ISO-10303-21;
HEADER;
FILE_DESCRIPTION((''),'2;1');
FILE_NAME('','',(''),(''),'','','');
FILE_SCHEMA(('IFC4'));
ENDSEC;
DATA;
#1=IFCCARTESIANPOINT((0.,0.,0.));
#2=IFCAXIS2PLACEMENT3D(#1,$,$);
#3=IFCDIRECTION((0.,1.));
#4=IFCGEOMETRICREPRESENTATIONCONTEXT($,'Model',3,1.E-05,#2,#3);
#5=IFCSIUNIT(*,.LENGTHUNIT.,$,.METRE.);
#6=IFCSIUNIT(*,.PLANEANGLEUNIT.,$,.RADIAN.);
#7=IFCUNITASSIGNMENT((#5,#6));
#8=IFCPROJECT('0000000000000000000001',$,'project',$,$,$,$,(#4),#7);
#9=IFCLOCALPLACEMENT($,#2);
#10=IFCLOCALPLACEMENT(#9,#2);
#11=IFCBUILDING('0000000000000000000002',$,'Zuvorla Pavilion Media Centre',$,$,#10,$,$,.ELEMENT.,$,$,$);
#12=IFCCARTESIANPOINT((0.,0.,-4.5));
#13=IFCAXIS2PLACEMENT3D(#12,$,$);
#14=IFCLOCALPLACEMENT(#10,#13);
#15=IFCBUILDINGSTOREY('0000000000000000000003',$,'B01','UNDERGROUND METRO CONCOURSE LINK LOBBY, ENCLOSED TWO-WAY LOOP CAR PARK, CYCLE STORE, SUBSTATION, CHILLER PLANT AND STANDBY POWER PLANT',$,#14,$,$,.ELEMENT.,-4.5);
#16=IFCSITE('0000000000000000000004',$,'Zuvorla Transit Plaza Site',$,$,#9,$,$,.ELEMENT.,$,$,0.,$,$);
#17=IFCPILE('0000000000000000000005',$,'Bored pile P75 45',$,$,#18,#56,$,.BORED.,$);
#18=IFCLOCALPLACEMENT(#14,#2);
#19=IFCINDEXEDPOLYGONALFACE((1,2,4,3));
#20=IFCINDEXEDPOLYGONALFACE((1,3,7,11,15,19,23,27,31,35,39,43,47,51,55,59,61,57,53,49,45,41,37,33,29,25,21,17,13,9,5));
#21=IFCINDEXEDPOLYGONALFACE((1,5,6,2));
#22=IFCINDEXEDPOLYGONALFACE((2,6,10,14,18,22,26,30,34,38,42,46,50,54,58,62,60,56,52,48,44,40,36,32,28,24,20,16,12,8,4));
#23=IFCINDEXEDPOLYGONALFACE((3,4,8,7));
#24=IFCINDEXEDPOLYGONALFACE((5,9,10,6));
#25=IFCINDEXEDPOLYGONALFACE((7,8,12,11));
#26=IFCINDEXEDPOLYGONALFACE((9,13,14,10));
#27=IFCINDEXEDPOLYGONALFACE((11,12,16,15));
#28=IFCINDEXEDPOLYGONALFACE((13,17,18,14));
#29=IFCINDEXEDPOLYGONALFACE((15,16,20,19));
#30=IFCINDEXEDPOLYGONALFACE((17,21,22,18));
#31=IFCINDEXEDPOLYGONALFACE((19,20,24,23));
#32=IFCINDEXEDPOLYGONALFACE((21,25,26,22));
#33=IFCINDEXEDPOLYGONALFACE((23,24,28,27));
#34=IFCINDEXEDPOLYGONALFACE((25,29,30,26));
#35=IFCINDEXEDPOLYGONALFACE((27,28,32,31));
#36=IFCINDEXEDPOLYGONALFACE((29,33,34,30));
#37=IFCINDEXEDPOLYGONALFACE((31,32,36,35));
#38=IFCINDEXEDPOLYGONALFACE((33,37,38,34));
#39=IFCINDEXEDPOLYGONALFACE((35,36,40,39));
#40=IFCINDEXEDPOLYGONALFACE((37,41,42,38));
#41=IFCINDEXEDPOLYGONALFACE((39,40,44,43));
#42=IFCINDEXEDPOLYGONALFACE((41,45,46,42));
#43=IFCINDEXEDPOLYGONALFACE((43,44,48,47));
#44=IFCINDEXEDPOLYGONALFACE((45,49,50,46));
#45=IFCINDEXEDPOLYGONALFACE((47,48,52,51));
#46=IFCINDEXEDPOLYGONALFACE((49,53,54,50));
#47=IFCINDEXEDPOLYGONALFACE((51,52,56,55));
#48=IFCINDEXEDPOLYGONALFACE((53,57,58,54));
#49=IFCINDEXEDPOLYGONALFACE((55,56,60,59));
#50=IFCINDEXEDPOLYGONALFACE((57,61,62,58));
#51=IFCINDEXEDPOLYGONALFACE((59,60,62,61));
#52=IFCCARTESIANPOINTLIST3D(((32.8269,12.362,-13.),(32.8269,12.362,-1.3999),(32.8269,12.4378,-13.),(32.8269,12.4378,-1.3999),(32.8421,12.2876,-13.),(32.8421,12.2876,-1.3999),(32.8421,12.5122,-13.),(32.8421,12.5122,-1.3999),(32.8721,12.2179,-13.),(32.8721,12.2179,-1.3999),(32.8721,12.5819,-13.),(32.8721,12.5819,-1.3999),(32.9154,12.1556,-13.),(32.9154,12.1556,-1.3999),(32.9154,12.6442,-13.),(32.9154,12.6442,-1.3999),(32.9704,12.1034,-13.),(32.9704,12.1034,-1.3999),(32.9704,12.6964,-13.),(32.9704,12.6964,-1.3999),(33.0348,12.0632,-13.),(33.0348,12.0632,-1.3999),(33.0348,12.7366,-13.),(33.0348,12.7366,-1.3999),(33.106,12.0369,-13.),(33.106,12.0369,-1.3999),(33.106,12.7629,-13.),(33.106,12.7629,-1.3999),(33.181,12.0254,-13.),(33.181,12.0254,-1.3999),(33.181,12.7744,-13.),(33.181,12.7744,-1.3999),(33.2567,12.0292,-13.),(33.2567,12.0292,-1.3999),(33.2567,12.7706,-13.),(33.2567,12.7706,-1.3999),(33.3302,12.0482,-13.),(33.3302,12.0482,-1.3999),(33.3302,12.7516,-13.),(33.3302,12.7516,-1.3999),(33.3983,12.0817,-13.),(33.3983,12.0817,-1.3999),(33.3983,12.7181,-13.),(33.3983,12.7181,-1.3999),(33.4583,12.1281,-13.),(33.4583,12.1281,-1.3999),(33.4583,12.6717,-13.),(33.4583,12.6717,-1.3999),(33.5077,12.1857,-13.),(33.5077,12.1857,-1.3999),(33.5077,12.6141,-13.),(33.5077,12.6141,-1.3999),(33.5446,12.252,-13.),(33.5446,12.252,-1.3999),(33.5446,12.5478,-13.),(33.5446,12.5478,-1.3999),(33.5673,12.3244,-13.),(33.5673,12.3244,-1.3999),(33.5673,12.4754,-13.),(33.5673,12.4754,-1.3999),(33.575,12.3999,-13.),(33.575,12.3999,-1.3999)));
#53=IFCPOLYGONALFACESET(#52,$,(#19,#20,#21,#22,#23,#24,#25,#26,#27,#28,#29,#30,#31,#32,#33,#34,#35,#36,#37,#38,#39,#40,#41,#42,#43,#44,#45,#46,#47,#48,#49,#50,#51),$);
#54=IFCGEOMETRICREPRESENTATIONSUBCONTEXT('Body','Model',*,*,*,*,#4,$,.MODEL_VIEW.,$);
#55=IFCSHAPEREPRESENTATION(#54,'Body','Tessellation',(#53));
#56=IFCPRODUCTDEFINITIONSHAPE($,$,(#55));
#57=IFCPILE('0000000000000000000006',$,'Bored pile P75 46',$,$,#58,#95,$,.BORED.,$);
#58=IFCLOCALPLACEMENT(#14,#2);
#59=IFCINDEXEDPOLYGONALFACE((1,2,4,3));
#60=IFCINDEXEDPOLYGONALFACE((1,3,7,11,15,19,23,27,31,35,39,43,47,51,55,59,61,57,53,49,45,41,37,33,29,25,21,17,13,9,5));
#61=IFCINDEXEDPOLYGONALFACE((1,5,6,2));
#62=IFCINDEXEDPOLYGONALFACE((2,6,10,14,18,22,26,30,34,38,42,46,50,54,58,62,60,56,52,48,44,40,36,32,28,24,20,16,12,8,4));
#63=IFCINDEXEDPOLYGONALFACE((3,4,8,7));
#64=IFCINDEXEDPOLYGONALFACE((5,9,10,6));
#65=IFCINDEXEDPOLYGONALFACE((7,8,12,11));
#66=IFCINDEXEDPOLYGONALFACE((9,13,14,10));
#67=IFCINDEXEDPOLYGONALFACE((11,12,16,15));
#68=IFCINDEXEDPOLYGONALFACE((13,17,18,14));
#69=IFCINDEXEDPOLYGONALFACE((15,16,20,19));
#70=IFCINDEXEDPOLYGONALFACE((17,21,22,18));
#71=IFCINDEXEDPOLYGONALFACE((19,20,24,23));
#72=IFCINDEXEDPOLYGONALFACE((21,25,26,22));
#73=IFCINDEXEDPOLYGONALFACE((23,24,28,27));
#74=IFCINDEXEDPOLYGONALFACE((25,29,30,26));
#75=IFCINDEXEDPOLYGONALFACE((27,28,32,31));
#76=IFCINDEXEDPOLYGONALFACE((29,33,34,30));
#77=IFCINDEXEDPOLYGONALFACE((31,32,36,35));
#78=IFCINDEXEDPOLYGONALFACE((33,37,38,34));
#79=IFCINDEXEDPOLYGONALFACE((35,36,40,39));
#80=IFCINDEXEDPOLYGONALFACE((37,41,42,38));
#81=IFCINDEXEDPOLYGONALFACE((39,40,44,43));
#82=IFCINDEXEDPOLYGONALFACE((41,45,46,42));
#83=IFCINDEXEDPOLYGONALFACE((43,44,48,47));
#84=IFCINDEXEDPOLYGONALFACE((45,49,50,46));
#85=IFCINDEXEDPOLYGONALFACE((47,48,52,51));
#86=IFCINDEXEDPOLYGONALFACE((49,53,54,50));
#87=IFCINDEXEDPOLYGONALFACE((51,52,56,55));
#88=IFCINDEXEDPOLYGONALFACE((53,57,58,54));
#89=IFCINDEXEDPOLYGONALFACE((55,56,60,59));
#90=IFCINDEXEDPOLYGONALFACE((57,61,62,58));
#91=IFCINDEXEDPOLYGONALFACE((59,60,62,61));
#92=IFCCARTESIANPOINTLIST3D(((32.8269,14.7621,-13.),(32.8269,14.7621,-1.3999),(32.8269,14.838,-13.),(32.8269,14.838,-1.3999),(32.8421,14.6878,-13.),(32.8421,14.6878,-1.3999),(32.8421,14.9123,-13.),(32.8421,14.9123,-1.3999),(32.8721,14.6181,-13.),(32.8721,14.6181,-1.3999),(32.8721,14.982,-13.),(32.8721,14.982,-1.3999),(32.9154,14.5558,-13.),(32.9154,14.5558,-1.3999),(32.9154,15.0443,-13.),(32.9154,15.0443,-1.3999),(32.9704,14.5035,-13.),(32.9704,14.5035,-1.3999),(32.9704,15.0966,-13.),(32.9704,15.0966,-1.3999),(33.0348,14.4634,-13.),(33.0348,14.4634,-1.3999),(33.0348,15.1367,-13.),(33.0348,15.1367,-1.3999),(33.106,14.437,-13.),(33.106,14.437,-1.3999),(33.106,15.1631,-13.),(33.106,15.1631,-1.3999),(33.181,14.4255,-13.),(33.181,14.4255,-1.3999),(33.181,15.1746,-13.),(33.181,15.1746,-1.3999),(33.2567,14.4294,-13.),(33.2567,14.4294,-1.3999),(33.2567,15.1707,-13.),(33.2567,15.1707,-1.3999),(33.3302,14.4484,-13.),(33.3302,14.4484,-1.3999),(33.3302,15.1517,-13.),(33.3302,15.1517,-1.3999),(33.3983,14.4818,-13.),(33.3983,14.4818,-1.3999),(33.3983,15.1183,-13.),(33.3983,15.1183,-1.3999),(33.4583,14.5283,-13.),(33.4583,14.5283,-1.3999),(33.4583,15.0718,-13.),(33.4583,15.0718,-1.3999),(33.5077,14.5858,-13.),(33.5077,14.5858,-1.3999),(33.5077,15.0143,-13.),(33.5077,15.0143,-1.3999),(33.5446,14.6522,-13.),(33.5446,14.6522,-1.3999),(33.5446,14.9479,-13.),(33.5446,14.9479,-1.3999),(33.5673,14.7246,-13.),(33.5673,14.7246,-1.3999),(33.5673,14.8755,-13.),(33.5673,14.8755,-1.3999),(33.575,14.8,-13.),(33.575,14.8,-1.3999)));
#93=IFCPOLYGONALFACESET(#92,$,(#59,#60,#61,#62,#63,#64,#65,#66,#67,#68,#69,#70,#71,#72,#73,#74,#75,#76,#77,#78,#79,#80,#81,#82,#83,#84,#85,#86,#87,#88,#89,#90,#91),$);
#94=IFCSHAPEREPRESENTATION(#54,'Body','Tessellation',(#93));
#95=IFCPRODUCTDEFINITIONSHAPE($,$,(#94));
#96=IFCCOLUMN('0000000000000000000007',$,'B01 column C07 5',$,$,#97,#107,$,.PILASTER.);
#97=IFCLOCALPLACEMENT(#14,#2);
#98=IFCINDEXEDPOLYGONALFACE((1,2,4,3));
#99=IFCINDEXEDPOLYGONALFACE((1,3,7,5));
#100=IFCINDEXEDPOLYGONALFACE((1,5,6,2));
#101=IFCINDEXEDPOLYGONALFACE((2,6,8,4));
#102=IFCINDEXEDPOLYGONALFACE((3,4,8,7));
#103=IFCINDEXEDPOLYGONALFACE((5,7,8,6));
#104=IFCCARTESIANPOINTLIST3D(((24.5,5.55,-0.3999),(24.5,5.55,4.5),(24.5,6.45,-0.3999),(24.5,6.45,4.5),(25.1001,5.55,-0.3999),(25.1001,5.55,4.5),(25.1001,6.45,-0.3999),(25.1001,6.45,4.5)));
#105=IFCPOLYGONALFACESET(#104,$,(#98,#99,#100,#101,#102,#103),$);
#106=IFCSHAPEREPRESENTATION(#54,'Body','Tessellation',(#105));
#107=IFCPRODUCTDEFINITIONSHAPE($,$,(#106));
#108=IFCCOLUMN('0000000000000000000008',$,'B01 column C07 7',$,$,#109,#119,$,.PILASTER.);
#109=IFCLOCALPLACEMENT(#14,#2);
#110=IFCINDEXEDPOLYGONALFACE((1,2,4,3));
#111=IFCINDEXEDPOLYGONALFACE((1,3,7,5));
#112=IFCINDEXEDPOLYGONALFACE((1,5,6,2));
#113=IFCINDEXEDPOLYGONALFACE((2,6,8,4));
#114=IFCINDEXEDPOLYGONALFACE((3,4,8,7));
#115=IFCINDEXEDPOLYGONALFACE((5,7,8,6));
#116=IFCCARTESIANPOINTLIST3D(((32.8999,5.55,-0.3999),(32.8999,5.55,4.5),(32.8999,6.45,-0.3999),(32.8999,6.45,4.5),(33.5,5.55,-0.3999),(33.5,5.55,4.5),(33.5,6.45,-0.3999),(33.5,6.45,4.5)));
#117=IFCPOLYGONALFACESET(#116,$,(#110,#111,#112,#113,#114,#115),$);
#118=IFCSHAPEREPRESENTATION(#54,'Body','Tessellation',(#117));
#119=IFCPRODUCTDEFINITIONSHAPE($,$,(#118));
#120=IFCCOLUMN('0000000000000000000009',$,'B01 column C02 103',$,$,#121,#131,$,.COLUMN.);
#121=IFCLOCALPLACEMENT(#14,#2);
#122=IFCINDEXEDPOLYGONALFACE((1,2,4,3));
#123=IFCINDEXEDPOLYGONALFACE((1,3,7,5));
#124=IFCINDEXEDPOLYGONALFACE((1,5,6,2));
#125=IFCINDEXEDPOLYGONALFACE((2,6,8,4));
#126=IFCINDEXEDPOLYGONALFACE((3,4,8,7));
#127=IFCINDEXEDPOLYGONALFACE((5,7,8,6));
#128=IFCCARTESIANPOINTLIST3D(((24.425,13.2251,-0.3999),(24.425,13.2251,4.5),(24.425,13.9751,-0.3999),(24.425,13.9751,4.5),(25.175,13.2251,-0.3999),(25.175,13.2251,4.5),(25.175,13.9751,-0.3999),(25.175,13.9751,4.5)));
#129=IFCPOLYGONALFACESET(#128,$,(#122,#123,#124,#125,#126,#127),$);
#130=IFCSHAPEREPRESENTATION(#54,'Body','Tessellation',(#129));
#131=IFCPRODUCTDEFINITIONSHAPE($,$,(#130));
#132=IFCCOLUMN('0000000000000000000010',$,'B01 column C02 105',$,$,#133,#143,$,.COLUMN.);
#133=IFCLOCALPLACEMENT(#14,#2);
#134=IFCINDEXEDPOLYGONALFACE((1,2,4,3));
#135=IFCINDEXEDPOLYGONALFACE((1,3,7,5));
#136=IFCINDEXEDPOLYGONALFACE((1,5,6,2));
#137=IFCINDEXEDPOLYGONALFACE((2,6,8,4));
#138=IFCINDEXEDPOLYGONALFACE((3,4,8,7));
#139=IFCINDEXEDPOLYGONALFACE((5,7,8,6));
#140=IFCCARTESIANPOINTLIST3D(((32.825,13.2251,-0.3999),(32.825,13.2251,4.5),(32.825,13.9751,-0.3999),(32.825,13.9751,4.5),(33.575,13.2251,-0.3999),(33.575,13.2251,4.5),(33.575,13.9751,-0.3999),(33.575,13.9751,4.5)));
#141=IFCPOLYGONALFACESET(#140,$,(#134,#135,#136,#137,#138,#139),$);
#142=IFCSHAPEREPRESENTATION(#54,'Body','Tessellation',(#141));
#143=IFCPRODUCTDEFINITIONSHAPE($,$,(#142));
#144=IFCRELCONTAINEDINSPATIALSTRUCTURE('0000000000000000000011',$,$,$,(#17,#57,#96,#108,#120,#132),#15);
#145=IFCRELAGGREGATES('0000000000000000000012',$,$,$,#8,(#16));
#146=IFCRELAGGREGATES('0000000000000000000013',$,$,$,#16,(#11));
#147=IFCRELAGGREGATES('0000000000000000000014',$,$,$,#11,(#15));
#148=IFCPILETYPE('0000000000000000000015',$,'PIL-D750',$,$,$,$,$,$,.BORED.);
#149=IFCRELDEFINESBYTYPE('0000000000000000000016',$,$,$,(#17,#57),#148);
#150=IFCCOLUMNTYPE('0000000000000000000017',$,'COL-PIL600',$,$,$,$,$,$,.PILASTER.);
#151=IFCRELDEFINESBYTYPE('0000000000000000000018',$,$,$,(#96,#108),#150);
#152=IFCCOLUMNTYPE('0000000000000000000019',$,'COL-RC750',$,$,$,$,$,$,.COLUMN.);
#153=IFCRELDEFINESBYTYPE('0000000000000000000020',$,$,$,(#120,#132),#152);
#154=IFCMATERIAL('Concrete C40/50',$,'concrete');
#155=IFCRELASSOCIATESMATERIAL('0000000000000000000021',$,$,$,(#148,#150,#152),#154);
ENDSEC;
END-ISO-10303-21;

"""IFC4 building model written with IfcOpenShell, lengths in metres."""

from ifc_helpers import new_model, si_unit, direction, frame, origin, origin_2d, place, context, subcontext, project, spatial, rectangle, circle, extrude, material, material_profile, profile_set, type_object, element, save


model = new_model("IFC4")

# Units and contexts
model_context = context("Model", 3, precision=1e-05, world=origin(), true_north=direction((0.0, 1.0)))
body_context = subcontext(model_context, "Body", "Model", "MODEL_VIEW")
ifc_project = project(units=[si_unit("LENGTHUNIT", "METRE"), si_unit("PLANEANGLEUNIT", "RADIAN")], contexts=[model_context])

# Site, building, storey
site_placement = place(None, origin())
site = spatial("IfcSite", under=ifc_project, at=site_placement, Name="Zuvorla Transit Plaza Site", CompositionType="ELEMENT", RefElevation=0.0)
building_placement = place(site_placement, origin())
building = spatial("IfcBuilding", under=site, at=building_placement, Name="Zuvorla Pavilion Media Centre", CompositionType="ELEMENT")
storey_placement = place(building_placement, frame((0.0, 0.0, -4.5)))
storey = spatial("IfcBuildingStorey", under=building, at=storey_placement, Name="B01", Description="UNDERGROUND METRO CONCOURSE LINK LOBBY, ENCLOSED TWO-WAY LOOP CAR PARK, CYCLE STORE, SUBSTATION, CHILLER PLANT AND STANDBY POWER PLANT", CompositionType="ELEMENT", Elevation=-4.5)

# Shared definitions
ifc_material = material(Name="Concrete C40/50", Category="concrete")

# Piles
ifc_material_profile_1 = material_profile(ifc_material, circle(Radius=0.375, at=origin_2d()), Name="BORED PILE 750")
ifc_profile_set_1 = profile_set([ifc_material_profile_1], Name="Concrete C40/50")
pile_type = type_object("IfcPileType", Name="PIL-D750", PredefinedType="BORED", material=ifc_profile_set_1)
for number, where, z_axis, x_axis, name in (
    (1, (33.2, 12.3999, -1.3999), (0.0, 0.0, -1.0), (1.0, 0.0, 0.0), "Bored pile P75 45"),
    (2, (33.2, 14.8, -1.3999), (0.0, 0.0, -1.0), (1.0, 0.0, 0.0), "Bored pile P75 46"),
):
    element("IfcPile", number, at=place(storey_placement, frame(where, z_axis=z_axis, x_axis=x_axis)), inside=storey, type_object=pile_type, Name=name, PredefinedType="BORED", context=body_context, shape_type="SweptSolid", body=[
        extrude(circle(Radius=0.375, at=origin_2d()), origin(), (0.0, 0.0, 1.0), 11.6001),
    ])

# Columns
ifc_material_profile_2 = material_profile(ifc_material, rectangle(XDim=0.6001, YDim=0.8999, at=origin_2d()), Name="RC 600x900")
ifc_profile_set_2 = profile_set([ifc_material_profile_2], Name="Concrete C40/50")
column_type_1 = type_object("IfcColumnType", Name="COL-PIL600", PredefinedType="PILASTER", material=ifc_profile_set_2)
for number, where, z_axis, x_axis, name in (
    (3, (24.8, 6.0, -0.3999), (0.0, 0.0, 1.0), (1.0, 0.0, 0.0), "B01 column C07 5"),
    (4, (33.2, 6.0, -0.3999), (0.0, 0.0, 1.0), (1.0, 0.0, 0.0), "B01 column C07 7"),
):
    element("IfcColumn", number, at=place(storey_placement, frame(where, z_axis=z_axis, x_axis=x_axis)), inside=storey, type_object=column_type_1, Name=name, PredefinedType="PILASTER", context=body_context, shape_type="SweptSolid", body=[
        extrude(rectangle(XDim=0.6001, YDim=0.8999, at=origin_2d()), origin(), (0.0, 0.0, 1.0), 4.8999),
    ])
ifc_material_profile_3 = material_profile(ifc_material, rectangle(XDim=0.75, YDim=0.75, at=origin_2d()), Name="RC 750x750")
ifc_profile_set_3 = profile_set([ifc_material_profile_3], Name="Concrete C40/50")
column_type_2 = type_object("IfcColumnType", Name="COL-RC750", PredefinedType="COLUMN", material=ifc_profile_set_3)
for number, where, z_axis, x_axis, name in (
    (5, (24.8, 13.6001, -0.3999), (0.0, 0.0, 1.0), (1.0, 0.0, 0.0), "B01 column C02 103"),
    (6, (33.2, 13.6001, -0.3999), (0.0, 0.0, 1.0), (1.0, 0.0, 0.0), "B01 column C02 105"),
):
    element("IfcColumn", number, at=place(storey_placement, frame(where, z_axis=z_axis, x_axis=x_axis)), inside=storey, type_object=column_type_2, Name=name, PredefinedType="COLUMN", context=body_context, shape_type="SweptSolid", body=[
        extrude(rectangle(XDim=0.75, YDim=0.75, at=origin_2d()), origin(), (0.0, 0.0, 1.0), 4.8999),
    ])

save(model, "model.ifc")
